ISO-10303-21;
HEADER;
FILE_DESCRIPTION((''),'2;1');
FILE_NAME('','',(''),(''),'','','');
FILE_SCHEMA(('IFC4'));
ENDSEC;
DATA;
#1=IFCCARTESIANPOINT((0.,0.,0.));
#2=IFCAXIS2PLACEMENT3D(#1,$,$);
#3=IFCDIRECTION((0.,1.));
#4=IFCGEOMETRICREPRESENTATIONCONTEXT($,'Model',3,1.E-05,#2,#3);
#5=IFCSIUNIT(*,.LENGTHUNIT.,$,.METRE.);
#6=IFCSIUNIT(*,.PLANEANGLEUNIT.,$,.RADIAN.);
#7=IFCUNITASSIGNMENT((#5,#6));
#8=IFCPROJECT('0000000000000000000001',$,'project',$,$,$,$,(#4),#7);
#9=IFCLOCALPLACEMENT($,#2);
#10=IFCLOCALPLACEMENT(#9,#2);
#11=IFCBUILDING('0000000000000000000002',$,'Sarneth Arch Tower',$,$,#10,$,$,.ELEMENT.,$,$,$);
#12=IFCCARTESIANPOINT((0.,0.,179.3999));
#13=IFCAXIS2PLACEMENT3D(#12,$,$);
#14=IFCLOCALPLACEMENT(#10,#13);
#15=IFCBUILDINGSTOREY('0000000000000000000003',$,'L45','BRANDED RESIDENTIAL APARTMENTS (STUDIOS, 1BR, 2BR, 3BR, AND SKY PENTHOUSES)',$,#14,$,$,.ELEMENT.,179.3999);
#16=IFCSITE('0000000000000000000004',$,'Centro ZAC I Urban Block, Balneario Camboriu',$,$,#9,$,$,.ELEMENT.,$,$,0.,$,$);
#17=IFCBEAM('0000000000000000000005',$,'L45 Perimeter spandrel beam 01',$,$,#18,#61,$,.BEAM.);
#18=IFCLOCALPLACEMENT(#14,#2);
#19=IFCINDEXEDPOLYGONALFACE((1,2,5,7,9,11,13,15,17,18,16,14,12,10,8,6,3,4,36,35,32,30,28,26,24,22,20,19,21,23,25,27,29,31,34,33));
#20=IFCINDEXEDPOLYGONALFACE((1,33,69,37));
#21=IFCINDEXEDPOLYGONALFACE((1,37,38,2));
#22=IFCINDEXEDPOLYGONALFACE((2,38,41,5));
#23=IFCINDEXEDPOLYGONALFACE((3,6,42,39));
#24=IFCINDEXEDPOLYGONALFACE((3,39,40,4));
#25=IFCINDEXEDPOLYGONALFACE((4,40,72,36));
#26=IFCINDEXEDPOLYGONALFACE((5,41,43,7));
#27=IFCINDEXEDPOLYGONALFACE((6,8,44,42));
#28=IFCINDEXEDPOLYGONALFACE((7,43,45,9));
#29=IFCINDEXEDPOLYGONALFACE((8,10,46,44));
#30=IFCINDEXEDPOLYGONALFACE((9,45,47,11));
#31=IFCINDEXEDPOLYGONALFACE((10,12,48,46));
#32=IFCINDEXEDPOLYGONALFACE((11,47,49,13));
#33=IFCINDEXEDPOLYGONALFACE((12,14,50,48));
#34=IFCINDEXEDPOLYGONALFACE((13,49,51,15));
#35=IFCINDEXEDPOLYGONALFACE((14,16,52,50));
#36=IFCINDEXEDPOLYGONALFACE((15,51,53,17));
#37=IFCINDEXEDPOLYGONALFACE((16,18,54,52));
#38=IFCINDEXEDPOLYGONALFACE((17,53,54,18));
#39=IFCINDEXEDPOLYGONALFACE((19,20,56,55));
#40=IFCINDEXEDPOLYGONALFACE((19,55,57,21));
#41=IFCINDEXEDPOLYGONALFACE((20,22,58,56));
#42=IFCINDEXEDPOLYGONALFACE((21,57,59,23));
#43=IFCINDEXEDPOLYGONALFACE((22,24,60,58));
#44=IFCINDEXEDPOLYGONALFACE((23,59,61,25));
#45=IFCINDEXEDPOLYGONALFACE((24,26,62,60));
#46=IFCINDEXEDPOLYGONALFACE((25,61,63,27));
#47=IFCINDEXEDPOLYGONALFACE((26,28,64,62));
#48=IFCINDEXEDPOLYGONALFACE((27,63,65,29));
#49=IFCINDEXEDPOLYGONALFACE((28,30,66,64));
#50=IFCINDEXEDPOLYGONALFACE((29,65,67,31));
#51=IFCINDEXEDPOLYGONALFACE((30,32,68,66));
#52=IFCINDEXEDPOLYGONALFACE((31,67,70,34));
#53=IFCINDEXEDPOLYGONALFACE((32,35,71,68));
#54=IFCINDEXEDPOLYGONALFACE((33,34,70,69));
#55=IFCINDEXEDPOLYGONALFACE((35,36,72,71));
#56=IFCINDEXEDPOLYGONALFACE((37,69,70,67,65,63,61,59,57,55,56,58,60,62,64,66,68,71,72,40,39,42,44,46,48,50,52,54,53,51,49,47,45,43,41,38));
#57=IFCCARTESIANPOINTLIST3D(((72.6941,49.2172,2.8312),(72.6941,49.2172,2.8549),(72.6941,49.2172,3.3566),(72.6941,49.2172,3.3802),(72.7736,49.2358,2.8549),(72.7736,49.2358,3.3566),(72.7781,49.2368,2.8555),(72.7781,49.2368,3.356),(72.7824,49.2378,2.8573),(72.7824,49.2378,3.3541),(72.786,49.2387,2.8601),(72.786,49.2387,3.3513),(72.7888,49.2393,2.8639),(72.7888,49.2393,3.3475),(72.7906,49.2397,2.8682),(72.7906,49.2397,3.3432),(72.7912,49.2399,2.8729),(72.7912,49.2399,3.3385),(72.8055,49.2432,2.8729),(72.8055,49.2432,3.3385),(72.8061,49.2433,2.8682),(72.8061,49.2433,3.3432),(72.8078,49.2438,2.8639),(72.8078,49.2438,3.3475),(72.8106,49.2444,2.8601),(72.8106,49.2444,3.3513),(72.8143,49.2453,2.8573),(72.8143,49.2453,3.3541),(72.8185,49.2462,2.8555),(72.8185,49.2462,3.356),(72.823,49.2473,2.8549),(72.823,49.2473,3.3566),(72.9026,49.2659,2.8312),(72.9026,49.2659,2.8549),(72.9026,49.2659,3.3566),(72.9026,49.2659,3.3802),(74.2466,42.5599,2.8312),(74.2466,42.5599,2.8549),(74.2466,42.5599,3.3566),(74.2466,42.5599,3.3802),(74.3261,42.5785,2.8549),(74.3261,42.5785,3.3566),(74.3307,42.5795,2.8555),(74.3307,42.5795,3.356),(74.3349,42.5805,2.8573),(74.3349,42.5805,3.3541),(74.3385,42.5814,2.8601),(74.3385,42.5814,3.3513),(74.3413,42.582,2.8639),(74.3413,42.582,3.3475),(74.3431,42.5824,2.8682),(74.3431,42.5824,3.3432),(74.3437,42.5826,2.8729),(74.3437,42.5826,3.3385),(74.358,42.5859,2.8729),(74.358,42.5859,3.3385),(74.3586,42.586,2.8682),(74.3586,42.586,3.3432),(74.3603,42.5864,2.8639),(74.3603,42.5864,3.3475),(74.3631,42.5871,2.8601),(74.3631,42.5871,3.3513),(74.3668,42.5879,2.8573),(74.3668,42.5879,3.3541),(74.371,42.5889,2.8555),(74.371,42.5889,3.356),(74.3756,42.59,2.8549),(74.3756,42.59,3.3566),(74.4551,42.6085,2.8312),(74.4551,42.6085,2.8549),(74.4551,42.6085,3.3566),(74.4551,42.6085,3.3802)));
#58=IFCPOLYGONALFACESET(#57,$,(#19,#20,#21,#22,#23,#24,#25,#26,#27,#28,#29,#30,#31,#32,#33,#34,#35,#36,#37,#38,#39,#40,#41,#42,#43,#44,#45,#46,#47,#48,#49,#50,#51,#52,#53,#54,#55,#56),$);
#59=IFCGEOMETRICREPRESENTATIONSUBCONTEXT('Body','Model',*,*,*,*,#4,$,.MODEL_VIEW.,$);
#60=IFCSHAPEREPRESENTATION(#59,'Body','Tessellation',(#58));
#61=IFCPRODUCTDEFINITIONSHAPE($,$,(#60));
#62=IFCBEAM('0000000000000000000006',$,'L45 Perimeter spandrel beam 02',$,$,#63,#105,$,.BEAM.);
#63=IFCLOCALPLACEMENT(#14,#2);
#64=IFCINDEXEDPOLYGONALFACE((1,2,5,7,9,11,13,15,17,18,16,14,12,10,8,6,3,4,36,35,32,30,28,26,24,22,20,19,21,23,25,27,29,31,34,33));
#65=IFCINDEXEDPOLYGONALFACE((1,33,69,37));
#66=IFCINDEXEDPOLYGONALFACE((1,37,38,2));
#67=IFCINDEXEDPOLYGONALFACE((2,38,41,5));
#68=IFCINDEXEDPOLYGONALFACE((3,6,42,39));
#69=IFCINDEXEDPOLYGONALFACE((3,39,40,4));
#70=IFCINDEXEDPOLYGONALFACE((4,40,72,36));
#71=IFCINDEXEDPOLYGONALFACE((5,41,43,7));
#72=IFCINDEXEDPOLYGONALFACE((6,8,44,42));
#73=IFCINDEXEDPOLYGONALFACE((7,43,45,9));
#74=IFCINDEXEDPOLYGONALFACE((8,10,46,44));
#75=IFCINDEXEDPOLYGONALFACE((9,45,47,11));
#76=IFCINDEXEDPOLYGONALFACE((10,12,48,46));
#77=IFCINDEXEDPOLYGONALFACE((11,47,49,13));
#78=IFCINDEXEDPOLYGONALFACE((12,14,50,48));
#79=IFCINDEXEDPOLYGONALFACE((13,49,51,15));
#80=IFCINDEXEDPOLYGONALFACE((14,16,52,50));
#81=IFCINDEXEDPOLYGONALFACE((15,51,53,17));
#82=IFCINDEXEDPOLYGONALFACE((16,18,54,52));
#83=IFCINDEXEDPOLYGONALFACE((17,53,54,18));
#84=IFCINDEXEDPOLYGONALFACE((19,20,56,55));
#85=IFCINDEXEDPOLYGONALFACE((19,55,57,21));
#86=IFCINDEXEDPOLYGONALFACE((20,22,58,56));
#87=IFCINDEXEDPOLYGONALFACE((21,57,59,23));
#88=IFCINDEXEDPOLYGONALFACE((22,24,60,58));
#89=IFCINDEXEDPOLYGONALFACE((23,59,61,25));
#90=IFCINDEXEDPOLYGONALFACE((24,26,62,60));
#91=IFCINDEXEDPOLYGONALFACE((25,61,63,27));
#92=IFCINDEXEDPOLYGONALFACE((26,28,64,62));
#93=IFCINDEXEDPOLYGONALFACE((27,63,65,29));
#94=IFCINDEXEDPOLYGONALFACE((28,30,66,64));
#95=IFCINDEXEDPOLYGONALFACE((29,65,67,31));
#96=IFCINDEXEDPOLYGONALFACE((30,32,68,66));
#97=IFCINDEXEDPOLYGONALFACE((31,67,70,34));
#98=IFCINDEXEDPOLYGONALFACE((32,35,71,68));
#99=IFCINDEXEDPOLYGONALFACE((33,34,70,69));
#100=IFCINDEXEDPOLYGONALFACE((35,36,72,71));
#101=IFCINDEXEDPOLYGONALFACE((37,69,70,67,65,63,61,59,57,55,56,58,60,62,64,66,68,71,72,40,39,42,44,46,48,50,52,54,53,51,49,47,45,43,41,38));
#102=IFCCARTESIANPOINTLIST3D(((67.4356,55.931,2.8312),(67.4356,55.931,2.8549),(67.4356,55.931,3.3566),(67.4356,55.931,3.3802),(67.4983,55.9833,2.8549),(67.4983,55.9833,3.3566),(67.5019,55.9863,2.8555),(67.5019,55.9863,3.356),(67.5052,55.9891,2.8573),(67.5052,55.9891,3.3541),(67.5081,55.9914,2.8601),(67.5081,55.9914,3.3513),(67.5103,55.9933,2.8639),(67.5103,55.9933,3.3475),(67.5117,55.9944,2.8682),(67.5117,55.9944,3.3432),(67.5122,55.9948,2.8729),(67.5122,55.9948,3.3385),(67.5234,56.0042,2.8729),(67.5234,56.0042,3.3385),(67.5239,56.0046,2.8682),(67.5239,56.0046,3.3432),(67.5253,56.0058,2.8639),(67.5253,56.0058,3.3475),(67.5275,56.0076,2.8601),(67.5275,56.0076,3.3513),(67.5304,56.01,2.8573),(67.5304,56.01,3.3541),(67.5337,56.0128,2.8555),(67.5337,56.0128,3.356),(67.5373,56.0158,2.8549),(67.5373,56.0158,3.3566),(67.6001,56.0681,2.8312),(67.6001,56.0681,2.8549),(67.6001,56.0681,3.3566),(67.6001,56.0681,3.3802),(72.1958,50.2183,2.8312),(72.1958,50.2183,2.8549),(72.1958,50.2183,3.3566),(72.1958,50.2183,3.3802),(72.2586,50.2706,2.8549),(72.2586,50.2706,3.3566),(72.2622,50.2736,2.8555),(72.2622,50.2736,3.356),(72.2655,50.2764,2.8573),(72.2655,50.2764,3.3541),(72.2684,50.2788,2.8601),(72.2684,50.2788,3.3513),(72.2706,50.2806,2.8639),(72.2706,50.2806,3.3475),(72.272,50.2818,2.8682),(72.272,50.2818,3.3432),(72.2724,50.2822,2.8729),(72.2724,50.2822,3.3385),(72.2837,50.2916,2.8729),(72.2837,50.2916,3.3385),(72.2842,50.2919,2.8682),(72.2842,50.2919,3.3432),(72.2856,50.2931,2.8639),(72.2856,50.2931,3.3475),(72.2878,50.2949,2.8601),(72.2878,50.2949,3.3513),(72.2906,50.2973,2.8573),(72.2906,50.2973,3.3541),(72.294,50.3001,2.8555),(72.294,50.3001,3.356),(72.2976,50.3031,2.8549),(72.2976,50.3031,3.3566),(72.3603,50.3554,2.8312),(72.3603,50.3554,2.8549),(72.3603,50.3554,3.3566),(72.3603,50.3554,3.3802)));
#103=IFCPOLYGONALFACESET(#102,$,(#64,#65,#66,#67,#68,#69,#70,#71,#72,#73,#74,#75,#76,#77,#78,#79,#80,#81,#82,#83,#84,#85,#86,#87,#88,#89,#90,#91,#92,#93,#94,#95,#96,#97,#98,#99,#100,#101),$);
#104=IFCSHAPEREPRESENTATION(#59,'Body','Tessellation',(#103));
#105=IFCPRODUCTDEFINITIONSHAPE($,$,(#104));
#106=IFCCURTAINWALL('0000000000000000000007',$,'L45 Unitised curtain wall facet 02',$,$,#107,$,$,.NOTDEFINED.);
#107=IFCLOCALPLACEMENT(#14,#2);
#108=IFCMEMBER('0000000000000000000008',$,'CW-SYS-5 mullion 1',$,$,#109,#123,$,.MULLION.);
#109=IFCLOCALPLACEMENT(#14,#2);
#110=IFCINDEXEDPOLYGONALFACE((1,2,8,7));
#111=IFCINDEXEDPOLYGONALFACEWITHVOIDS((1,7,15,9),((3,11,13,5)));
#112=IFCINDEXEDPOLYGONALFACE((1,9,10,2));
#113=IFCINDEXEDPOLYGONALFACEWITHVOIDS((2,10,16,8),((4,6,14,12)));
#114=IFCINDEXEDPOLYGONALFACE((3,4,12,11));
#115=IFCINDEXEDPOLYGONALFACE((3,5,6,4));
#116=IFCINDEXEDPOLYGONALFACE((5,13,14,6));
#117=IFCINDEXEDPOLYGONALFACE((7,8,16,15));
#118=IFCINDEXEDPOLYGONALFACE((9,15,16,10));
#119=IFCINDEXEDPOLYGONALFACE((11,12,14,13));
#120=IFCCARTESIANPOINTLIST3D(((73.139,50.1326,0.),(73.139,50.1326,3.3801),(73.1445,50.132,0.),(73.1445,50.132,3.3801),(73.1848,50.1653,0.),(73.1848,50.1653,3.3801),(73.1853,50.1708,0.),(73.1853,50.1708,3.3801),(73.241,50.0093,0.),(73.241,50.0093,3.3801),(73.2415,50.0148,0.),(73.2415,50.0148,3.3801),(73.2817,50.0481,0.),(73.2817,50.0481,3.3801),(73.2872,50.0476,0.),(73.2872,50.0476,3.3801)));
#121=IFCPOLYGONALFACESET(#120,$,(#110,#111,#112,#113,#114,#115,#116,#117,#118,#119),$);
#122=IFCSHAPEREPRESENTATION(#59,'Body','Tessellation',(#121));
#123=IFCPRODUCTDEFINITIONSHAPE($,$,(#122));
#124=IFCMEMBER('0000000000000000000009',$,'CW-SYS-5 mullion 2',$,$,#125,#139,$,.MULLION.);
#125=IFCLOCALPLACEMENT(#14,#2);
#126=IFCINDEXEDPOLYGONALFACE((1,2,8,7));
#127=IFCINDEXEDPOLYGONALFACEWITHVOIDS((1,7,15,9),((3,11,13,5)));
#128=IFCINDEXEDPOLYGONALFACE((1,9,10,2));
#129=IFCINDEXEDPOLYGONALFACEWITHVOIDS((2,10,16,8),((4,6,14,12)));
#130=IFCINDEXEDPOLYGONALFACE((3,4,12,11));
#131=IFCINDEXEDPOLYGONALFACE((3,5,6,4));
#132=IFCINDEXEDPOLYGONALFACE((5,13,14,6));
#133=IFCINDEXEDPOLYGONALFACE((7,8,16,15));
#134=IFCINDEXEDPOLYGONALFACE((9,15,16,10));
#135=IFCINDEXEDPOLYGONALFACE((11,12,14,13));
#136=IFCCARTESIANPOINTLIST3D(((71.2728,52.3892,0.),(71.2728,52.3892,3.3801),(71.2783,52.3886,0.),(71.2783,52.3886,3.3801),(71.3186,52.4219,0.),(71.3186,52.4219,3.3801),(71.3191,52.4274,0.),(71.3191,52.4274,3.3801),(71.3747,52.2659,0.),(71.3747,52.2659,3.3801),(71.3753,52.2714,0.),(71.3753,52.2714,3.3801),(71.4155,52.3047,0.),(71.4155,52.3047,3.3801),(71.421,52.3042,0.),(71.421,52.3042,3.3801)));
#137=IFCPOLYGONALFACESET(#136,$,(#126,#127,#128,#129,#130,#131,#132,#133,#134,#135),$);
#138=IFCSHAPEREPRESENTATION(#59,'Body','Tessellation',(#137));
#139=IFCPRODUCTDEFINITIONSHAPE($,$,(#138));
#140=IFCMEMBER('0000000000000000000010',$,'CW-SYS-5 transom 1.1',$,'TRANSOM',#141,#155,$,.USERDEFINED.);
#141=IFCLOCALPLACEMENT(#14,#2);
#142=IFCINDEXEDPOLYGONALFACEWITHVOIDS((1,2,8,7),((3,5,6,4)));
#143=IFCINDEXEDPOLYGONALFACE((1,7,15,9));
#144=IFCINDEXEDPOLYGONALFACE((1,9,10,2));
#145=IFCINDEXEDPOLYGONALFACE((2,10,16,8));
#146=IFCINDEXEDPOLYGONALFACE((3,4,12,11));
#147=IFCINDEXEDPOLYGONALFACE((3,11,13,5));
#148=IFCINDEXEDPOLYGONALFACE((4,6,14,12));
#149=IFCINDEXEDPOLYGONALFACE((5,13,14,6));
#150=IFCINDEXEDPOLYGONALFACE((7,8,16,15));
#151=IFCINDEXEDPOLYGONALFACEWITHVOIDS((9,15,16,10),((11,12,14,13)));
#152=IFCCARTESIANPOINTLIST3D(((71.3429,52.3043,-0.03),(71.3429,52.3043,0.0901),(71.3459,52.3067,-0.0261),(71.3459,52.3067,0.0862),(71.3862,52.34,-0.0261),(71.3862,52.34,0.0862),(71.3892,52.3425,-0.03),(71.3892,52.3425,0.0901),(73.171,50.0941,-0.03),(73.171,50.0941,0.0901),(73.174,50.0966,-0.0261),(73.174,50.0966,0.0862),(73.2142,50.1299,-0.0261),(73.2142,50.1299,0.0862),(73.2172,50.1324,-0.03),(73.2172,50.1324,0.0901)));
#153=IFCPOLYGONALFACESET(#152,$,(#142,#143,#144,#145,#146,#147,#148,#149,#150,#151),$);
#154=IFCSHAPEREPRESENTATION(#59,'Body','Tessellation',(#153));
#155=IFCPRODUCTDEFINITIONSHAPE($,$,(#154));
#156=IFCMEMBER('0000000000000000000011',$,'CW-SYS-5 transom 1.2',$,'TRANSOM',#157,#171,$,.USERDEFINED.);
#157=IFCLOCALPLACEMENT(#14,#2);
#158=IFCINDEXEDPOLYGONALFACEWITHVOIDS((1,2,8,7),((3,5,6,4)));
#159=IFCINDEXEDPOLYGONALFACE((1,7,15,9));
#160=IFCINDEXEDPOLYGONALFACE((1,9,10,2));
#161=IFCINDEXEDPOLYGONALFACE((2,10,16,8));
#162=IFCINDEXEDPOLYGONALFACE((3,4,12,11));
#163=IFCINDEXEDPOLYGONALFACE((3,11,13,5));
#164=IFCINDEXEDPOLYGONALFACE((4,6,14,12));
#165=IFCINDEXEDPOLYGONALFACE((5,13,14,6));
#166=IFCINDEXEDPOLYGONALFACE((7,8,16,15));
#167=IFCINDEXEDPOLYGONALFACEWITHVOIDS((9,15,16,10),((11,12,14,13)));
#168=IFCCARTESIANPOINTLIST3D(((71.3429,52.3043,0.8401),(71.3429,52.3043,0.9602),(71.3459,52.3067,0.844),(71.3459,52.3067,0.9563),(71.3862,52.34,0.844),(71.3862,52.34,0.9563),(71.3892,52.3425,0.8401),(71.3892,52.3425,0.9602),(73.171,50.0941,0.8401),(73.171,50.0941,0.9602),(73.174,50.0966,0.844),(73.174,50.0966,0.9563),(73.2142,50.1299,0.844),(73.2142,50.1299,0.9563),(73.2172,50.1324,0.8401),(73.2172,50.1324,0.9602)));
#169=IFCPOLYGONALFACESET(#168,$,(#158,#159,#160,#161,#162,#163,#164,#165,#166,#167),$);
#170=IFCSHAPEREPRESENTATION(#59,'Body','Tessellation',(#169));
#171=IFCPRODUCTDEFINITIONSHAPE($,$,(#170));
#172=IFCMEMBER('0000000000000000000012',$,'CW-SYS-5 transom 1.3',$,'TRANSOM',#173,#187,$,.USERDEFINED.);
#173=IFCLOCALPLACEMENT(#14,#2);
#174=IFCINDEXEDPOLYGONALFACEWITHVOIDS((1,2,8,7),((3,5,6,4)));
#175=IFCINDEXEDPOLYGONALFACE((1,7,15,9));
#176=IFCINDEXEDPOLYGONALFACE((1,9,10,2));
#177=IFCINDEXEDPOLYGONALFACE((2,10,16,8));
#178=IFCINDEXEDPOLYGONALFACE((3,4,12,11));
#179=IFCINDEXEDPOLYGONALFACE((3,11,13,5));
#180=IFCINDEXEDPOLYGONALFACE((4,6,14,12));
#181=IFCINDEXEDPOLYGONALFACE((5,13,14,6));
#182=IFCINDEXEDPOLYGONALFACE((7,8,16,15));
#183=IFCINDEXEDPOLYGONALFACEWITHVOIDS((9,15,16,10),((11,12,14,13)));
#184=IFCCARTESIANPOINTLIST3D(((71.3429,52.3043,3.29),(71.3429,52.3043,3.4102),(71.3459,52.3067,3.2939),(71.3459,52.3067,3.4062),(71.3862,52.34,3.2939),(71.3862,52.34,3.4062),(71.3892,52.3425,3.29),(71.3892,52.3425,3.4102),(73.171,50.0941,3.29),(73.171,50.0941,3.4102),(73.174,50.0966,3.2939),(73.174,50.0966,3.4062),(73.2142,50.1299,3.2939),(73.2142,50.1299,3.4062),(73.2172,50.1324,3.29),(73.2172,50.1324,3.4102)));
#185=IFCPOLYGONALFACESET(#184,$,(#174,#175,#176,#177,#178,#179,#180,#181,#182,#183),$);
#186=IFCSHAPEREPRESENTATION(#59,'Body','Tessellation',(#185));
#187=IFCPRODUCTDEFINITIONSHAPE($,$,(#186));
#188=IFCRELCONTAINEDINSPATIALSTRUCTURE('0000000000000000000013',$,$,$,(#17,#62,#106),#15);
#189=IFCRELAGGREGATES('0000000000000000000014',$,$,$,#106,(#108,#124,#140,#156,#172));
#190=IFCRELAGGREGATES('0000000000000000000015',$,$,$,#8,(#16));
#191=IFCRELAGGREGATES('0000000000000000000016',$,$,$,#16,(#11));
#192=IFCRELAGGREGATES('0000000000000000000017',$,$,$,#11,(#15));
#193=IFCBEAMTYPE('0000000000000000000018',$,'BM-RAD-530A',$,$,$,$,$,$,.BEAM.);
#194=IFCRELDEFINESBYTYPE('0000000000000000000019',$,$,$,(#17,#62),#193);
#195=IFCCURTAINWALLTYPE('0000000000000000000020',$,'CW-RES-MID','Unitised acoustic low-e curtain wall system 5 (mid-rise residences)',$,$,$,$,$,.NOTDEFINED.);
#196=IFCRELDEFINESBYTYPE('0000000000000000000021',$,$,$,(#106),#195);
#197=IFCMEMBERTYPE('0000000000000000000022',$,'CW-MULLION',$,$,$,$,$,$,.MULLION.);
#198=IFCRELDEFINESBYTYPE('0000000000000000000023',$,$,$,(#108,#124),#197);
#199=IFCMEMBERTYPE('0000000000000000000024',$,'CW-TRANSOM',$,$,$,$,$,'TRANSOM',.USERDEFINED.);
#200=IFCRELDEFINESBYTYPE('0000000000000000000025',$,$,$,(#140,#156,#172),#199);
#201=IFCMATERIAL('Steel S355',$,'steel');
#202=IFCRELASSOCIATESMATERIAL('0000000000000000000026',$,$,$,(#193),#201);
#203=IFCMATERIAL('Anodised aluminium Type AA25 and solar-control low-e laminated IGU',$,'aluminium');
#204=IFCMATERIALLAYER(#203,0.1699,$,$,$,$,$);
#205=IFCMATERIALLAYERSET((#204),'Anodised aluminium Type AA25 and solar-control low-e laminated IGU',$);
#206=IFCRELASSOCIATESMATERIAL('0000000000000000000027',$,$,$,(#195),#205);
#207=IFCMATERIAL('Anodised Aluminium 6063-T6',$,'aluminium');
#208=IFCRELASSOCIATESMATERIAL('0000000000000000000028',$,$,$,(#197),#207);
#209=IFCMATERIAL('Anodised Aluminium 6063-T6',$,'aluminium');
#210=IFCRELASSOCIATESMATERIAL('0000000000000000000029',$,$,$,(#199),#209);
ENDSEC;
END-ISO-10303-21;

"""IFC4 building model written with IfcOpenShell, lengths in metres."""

from ifc_helpers import new_model, si_unit, direction, frame, origin, origin_2d, place, context, subcontext, project, spatial, hollow_rectangle, i_section, extrude, material, layer, layer_set, material_profile, profile_set, type_object, element, aggregate, save


model = new_model("IFC4")

# Units and contexts
model_context = context("Model", 3, precision=1e-05, world=origin(), true_north=direction((0.0, 1.0)))
body_context = subcontext(model_context, "Body", "Model", "MODEL_VIEW")
ifc_project = project(units=[si_unit("LENGTHUNIT", "METRE"), si_unit("PLANEANGLEUNIT", "RADIAN")], contexts=[model_context])

# Site, building, storey
site_placement = place(None, origin())
site = spatial("IfcSite", under=ifc_project, at=site_placement, Name="Centro ZAC I Urban Block, Balneario Camboriu", CompositionType="ELEMENT", RefElevation=0.0)
building_placement = place(site_placement, origin())
building = spatial("IfcBuilding", under=site, at=building_placement, Name="Sarneth Arch Tower", CompositionType="ELEMENT")
storey_placement = place(building_placement, frame((0.0, 0.0, 179.3999)))
storey = spatial("IfcBuildingStorey", under=building, at=storey_placement, Name="L45", Description="BRANDED RESIDENTIAL APARTMENTS (STUDIOS, 1BR, 2BR, 3BR, AND SKY PENTHOUSES)", CompositionType="ELEMENT", Elevation=179.3999)

# Beams
ifc_material_1 = material(Name="Steel S355", Category="steel")
ifc_material_profile_1 = material_profile(ifc_material_1, i_section(OverallWidth=0.2141, OverallDepth=0.5491, WebThickness=0.0146, FlangeThickness=0.0237, FilletRadius=0.0181, at=origin_2d()), Name="W530x138")
ifc_profile_set_1 = profile_set([ifc_material_profile_1], Name="Steel S355")
beam_type = type_object("IfcBeamType", Name="BM-RAD-530A", PredefinedType="BEAM", material=ifc_profile_set_1)
beam_1_placement = place(storey_placement, frame((74.3508, 42.5842, 3.1057), z_axis=(-0.22711, 0.973869, 0.0), x_axis=(-0.973869, -0.22711, 0.0)))
element("IfcBeam", 1, at=beam_1_placement, inside=storey, type_object=beam_type, Name="L45 Perimeter spandrel beam 01", PredefinedType="BEAM", context=body_context, shape_type="SweptSolid", body=[
    extrude(i_section(OverallWidth=0.2141, OverallDepth=0.5491, WebThickness=0.0146, FlangeThickness=0.0237, FilletRadius=0.0181, at=origin_2d()), origin(), (0.0, 0.0, 1.0), 6.8359),
])
beam_2_placement = place(storey_placement, frame((72.2781, 50.2869, 3.1057), z_axis=(-0.640162, 0.76824, 0.0), x_axis=(-0.76824, -0.640162, 0.0)))
element("IfcBeam", 2, at=beam_2_placement, inside=storey, type_object=beam_type, Name="L45 Perimeter spandrel beam 02", PredefinedType="BEAM", context=body_context, shape_type="SweptSolid", body=[
    extrude(i_section(OverallWidth=0.2141, OverallDepth=0.5491, WebThickness=0.0146, FlangeThickness=0.0237, FilletRadius=0.0181, at=origin_2d()), origin(), (0.0, 0.0, 1.0), 7.436),
])

# Curtain wall, members
ifc_material_2 = material(Name="Anodised aluminium Type AA25 and solar-control low-e laminated IGU", Category="aluminium")
ifc_layer_1 = layer(ifc_material_2, 0.1699)
ifc_layer_set_1 = layer_set([ifc_layer_1], Name="Anodised aluminium Type AA25 and solar-control low-e laminated IGU")
curtain_wall_type = type_object("IfcCurtainWallType", Name="CW-RES-MID", Description="Unitised acoustic low-e curtain wall system 5 (mid-rise residences)", PredefinedType="NOTDEFINED", material=ifc_layer_set_1)
curtain_wall_placement = place(storey_placement, origin())
curtain_wall = element("IfcCurtainWall", 3, at=curtain_wall_placement, inside=storey, type_object=curtain_wall_type, Name="L45 Unitised curtain wall facet 02", PredefinedType="NOTDEFINED")
ifc_material_3 = material(Name="Anodised Aluminium 6063-T6", Category="aluminium")
ifc_material_profile_2 = material_profile(ifc_material_3, hollow_rectangle(XDim=0.0601, YDim=0.1599, WallThickness=0.0039, at=origin_2d()), Name="AL-MULL-160x60x4")
ifc_profile_set_2 = profile_set([ifc_material_profile_2], Name="Anodised Aluminium 6063-T6")
member_type_1 = type_object("IfcMemberType", Name="CW-MULLION", PredefinedType="MULLION", material=ifc_profile_set_2)
member_1_placement = place(storey_placement, frame((73.2131, 50.0901, 0.0), z_axis=(0.0, 0.0, 1.0), x_axis=(-0.770591, -0.63733, 0.0)))
member_1 = element("IfcMember", 4, at=member_1_placement, type_object=member_type_1, Name="CW-SYS-5 mullion 1", PredefinedType="MULLION", context=body_context, shape_type="SweptSolid", body=[
    extrude(hollow_rectangle(XDim=0.0601, YDim=0.1599, WallThickness=0.0039, at=origin_2d()), origin(), (0.0, 0.0, 1.0), 3.3801),
])
member_2_placement = place(storey_placement, frame((71.3469, 52.3467, 0.0), z_axis=(0.0, 0.0, 1.0), x_axis=(-0.770591, -0.63733, 0.0)))
member_2 = element("IfcMember", 5, at=member_2_placement, type_object=member_type_1, Name="CW-SYS-5 mullion 2", PredefinedType="MULLION", context=body_context, shape_type="SweptSolid", body=[
    extrude(hollow_rectangle(XDim=0.0601, YDim=0.1599, WallThickness=0.0039, at=origin_2d()), origin(), (0.0, 0.0, 1.0), 3.3801),
])
ifc_material_4 = material(Name="Anodised Aluminium 6063-T6", Category="aluminium")
ifc_material_profile_3 = material_profile(ifc_material_4, hollow_rectangle(XDim=0.0601, YDim=0.1201, WallThickness=0.0039, at=origin_2d()), Name="AL-TRAN-120x60x4")
ifc_profile_set_3 = profile_set([ifc_material_profile_3], Name="Anodised Aluminium 6063-T6")
member_type_2 = type_object("IfcMemberType", Name="CW-TRANSOM", ElementType="TRANSOM", PredefinedType="USERDEFINED", material=ifc_profile_set_3)
member_3_placement = place(storey_placement, frame((73.1941, 50.1133, 0.03), z_axis=(-0.637359, 0.770567, 0.0), x_axis=(-0.770567, -0.637359, 0.0)))
member_3 = element("IfcMember", 6, at=member_3_placement, type_object=member_type_2, Name="CW-SYS-5 transom 1.1", ObjectType="TRANSOM", PredefinedType="USERDEFINED", context=body_context, shape_type="SweptSolid", body=[
    extrude(hollow_rectangle(XDim=0.0601, YDim=0.1201, WallThickness=0.0039, at=origin_2d()), origin(), (0.0, 0.0, 1.0), 2.8682),
])
member_4_placement = place(storey_placement, frame((73.1941, 50.1133, 0.9001), z_axis=(-0.637359, 0.770567, 0.0), x_axis=(-0.770567, -0.637359, 0.0)))
member_4 = element("IfcMember", 7, at=member_4_placement, type_object=member_type_2, Name="CW-SYS-5 transom 1.2", ObjectType="TRANSOM", PredefinedType="USERDEFINED", context=body_context, shape_type="SweptSolid", body=[
    extrude(hollow_rectangle(XDim=0.0601, YDim=0.1201, WallThickness=0.0039, at=origin_2d()), origin(), (0.0, 0.0, 1.0), 2.8682),
])
member_5_placement = place(storey_placement, frame((73.1941, 50.1133, 3.3501), z_axis=(-0.637359, 0.770567, 0.0), x_axis=(-0.770567, -0.637359, 0.0)))
member_5 = element("IfcMember", 8, at=member_5_placement, type_object=member_type_2, Name="CW-SYS-5 transom 1.3", ObjectType="TRANSOM", PredefinedType="USERDEFINED", context=body_context, shape_type="SweptSolid", body=[
    extrude(hollow_rectangle(XDim=0.0601, YDim=0.1201, WallThickness=0.0039, at=origin_2d()), origin(), (0.0, 0.0, 1.0), 2.8682),
])

aggregate(curtain_wall, [member_1, member_2, member_3, member_4, member_5])

save(model, "model.ifc")
